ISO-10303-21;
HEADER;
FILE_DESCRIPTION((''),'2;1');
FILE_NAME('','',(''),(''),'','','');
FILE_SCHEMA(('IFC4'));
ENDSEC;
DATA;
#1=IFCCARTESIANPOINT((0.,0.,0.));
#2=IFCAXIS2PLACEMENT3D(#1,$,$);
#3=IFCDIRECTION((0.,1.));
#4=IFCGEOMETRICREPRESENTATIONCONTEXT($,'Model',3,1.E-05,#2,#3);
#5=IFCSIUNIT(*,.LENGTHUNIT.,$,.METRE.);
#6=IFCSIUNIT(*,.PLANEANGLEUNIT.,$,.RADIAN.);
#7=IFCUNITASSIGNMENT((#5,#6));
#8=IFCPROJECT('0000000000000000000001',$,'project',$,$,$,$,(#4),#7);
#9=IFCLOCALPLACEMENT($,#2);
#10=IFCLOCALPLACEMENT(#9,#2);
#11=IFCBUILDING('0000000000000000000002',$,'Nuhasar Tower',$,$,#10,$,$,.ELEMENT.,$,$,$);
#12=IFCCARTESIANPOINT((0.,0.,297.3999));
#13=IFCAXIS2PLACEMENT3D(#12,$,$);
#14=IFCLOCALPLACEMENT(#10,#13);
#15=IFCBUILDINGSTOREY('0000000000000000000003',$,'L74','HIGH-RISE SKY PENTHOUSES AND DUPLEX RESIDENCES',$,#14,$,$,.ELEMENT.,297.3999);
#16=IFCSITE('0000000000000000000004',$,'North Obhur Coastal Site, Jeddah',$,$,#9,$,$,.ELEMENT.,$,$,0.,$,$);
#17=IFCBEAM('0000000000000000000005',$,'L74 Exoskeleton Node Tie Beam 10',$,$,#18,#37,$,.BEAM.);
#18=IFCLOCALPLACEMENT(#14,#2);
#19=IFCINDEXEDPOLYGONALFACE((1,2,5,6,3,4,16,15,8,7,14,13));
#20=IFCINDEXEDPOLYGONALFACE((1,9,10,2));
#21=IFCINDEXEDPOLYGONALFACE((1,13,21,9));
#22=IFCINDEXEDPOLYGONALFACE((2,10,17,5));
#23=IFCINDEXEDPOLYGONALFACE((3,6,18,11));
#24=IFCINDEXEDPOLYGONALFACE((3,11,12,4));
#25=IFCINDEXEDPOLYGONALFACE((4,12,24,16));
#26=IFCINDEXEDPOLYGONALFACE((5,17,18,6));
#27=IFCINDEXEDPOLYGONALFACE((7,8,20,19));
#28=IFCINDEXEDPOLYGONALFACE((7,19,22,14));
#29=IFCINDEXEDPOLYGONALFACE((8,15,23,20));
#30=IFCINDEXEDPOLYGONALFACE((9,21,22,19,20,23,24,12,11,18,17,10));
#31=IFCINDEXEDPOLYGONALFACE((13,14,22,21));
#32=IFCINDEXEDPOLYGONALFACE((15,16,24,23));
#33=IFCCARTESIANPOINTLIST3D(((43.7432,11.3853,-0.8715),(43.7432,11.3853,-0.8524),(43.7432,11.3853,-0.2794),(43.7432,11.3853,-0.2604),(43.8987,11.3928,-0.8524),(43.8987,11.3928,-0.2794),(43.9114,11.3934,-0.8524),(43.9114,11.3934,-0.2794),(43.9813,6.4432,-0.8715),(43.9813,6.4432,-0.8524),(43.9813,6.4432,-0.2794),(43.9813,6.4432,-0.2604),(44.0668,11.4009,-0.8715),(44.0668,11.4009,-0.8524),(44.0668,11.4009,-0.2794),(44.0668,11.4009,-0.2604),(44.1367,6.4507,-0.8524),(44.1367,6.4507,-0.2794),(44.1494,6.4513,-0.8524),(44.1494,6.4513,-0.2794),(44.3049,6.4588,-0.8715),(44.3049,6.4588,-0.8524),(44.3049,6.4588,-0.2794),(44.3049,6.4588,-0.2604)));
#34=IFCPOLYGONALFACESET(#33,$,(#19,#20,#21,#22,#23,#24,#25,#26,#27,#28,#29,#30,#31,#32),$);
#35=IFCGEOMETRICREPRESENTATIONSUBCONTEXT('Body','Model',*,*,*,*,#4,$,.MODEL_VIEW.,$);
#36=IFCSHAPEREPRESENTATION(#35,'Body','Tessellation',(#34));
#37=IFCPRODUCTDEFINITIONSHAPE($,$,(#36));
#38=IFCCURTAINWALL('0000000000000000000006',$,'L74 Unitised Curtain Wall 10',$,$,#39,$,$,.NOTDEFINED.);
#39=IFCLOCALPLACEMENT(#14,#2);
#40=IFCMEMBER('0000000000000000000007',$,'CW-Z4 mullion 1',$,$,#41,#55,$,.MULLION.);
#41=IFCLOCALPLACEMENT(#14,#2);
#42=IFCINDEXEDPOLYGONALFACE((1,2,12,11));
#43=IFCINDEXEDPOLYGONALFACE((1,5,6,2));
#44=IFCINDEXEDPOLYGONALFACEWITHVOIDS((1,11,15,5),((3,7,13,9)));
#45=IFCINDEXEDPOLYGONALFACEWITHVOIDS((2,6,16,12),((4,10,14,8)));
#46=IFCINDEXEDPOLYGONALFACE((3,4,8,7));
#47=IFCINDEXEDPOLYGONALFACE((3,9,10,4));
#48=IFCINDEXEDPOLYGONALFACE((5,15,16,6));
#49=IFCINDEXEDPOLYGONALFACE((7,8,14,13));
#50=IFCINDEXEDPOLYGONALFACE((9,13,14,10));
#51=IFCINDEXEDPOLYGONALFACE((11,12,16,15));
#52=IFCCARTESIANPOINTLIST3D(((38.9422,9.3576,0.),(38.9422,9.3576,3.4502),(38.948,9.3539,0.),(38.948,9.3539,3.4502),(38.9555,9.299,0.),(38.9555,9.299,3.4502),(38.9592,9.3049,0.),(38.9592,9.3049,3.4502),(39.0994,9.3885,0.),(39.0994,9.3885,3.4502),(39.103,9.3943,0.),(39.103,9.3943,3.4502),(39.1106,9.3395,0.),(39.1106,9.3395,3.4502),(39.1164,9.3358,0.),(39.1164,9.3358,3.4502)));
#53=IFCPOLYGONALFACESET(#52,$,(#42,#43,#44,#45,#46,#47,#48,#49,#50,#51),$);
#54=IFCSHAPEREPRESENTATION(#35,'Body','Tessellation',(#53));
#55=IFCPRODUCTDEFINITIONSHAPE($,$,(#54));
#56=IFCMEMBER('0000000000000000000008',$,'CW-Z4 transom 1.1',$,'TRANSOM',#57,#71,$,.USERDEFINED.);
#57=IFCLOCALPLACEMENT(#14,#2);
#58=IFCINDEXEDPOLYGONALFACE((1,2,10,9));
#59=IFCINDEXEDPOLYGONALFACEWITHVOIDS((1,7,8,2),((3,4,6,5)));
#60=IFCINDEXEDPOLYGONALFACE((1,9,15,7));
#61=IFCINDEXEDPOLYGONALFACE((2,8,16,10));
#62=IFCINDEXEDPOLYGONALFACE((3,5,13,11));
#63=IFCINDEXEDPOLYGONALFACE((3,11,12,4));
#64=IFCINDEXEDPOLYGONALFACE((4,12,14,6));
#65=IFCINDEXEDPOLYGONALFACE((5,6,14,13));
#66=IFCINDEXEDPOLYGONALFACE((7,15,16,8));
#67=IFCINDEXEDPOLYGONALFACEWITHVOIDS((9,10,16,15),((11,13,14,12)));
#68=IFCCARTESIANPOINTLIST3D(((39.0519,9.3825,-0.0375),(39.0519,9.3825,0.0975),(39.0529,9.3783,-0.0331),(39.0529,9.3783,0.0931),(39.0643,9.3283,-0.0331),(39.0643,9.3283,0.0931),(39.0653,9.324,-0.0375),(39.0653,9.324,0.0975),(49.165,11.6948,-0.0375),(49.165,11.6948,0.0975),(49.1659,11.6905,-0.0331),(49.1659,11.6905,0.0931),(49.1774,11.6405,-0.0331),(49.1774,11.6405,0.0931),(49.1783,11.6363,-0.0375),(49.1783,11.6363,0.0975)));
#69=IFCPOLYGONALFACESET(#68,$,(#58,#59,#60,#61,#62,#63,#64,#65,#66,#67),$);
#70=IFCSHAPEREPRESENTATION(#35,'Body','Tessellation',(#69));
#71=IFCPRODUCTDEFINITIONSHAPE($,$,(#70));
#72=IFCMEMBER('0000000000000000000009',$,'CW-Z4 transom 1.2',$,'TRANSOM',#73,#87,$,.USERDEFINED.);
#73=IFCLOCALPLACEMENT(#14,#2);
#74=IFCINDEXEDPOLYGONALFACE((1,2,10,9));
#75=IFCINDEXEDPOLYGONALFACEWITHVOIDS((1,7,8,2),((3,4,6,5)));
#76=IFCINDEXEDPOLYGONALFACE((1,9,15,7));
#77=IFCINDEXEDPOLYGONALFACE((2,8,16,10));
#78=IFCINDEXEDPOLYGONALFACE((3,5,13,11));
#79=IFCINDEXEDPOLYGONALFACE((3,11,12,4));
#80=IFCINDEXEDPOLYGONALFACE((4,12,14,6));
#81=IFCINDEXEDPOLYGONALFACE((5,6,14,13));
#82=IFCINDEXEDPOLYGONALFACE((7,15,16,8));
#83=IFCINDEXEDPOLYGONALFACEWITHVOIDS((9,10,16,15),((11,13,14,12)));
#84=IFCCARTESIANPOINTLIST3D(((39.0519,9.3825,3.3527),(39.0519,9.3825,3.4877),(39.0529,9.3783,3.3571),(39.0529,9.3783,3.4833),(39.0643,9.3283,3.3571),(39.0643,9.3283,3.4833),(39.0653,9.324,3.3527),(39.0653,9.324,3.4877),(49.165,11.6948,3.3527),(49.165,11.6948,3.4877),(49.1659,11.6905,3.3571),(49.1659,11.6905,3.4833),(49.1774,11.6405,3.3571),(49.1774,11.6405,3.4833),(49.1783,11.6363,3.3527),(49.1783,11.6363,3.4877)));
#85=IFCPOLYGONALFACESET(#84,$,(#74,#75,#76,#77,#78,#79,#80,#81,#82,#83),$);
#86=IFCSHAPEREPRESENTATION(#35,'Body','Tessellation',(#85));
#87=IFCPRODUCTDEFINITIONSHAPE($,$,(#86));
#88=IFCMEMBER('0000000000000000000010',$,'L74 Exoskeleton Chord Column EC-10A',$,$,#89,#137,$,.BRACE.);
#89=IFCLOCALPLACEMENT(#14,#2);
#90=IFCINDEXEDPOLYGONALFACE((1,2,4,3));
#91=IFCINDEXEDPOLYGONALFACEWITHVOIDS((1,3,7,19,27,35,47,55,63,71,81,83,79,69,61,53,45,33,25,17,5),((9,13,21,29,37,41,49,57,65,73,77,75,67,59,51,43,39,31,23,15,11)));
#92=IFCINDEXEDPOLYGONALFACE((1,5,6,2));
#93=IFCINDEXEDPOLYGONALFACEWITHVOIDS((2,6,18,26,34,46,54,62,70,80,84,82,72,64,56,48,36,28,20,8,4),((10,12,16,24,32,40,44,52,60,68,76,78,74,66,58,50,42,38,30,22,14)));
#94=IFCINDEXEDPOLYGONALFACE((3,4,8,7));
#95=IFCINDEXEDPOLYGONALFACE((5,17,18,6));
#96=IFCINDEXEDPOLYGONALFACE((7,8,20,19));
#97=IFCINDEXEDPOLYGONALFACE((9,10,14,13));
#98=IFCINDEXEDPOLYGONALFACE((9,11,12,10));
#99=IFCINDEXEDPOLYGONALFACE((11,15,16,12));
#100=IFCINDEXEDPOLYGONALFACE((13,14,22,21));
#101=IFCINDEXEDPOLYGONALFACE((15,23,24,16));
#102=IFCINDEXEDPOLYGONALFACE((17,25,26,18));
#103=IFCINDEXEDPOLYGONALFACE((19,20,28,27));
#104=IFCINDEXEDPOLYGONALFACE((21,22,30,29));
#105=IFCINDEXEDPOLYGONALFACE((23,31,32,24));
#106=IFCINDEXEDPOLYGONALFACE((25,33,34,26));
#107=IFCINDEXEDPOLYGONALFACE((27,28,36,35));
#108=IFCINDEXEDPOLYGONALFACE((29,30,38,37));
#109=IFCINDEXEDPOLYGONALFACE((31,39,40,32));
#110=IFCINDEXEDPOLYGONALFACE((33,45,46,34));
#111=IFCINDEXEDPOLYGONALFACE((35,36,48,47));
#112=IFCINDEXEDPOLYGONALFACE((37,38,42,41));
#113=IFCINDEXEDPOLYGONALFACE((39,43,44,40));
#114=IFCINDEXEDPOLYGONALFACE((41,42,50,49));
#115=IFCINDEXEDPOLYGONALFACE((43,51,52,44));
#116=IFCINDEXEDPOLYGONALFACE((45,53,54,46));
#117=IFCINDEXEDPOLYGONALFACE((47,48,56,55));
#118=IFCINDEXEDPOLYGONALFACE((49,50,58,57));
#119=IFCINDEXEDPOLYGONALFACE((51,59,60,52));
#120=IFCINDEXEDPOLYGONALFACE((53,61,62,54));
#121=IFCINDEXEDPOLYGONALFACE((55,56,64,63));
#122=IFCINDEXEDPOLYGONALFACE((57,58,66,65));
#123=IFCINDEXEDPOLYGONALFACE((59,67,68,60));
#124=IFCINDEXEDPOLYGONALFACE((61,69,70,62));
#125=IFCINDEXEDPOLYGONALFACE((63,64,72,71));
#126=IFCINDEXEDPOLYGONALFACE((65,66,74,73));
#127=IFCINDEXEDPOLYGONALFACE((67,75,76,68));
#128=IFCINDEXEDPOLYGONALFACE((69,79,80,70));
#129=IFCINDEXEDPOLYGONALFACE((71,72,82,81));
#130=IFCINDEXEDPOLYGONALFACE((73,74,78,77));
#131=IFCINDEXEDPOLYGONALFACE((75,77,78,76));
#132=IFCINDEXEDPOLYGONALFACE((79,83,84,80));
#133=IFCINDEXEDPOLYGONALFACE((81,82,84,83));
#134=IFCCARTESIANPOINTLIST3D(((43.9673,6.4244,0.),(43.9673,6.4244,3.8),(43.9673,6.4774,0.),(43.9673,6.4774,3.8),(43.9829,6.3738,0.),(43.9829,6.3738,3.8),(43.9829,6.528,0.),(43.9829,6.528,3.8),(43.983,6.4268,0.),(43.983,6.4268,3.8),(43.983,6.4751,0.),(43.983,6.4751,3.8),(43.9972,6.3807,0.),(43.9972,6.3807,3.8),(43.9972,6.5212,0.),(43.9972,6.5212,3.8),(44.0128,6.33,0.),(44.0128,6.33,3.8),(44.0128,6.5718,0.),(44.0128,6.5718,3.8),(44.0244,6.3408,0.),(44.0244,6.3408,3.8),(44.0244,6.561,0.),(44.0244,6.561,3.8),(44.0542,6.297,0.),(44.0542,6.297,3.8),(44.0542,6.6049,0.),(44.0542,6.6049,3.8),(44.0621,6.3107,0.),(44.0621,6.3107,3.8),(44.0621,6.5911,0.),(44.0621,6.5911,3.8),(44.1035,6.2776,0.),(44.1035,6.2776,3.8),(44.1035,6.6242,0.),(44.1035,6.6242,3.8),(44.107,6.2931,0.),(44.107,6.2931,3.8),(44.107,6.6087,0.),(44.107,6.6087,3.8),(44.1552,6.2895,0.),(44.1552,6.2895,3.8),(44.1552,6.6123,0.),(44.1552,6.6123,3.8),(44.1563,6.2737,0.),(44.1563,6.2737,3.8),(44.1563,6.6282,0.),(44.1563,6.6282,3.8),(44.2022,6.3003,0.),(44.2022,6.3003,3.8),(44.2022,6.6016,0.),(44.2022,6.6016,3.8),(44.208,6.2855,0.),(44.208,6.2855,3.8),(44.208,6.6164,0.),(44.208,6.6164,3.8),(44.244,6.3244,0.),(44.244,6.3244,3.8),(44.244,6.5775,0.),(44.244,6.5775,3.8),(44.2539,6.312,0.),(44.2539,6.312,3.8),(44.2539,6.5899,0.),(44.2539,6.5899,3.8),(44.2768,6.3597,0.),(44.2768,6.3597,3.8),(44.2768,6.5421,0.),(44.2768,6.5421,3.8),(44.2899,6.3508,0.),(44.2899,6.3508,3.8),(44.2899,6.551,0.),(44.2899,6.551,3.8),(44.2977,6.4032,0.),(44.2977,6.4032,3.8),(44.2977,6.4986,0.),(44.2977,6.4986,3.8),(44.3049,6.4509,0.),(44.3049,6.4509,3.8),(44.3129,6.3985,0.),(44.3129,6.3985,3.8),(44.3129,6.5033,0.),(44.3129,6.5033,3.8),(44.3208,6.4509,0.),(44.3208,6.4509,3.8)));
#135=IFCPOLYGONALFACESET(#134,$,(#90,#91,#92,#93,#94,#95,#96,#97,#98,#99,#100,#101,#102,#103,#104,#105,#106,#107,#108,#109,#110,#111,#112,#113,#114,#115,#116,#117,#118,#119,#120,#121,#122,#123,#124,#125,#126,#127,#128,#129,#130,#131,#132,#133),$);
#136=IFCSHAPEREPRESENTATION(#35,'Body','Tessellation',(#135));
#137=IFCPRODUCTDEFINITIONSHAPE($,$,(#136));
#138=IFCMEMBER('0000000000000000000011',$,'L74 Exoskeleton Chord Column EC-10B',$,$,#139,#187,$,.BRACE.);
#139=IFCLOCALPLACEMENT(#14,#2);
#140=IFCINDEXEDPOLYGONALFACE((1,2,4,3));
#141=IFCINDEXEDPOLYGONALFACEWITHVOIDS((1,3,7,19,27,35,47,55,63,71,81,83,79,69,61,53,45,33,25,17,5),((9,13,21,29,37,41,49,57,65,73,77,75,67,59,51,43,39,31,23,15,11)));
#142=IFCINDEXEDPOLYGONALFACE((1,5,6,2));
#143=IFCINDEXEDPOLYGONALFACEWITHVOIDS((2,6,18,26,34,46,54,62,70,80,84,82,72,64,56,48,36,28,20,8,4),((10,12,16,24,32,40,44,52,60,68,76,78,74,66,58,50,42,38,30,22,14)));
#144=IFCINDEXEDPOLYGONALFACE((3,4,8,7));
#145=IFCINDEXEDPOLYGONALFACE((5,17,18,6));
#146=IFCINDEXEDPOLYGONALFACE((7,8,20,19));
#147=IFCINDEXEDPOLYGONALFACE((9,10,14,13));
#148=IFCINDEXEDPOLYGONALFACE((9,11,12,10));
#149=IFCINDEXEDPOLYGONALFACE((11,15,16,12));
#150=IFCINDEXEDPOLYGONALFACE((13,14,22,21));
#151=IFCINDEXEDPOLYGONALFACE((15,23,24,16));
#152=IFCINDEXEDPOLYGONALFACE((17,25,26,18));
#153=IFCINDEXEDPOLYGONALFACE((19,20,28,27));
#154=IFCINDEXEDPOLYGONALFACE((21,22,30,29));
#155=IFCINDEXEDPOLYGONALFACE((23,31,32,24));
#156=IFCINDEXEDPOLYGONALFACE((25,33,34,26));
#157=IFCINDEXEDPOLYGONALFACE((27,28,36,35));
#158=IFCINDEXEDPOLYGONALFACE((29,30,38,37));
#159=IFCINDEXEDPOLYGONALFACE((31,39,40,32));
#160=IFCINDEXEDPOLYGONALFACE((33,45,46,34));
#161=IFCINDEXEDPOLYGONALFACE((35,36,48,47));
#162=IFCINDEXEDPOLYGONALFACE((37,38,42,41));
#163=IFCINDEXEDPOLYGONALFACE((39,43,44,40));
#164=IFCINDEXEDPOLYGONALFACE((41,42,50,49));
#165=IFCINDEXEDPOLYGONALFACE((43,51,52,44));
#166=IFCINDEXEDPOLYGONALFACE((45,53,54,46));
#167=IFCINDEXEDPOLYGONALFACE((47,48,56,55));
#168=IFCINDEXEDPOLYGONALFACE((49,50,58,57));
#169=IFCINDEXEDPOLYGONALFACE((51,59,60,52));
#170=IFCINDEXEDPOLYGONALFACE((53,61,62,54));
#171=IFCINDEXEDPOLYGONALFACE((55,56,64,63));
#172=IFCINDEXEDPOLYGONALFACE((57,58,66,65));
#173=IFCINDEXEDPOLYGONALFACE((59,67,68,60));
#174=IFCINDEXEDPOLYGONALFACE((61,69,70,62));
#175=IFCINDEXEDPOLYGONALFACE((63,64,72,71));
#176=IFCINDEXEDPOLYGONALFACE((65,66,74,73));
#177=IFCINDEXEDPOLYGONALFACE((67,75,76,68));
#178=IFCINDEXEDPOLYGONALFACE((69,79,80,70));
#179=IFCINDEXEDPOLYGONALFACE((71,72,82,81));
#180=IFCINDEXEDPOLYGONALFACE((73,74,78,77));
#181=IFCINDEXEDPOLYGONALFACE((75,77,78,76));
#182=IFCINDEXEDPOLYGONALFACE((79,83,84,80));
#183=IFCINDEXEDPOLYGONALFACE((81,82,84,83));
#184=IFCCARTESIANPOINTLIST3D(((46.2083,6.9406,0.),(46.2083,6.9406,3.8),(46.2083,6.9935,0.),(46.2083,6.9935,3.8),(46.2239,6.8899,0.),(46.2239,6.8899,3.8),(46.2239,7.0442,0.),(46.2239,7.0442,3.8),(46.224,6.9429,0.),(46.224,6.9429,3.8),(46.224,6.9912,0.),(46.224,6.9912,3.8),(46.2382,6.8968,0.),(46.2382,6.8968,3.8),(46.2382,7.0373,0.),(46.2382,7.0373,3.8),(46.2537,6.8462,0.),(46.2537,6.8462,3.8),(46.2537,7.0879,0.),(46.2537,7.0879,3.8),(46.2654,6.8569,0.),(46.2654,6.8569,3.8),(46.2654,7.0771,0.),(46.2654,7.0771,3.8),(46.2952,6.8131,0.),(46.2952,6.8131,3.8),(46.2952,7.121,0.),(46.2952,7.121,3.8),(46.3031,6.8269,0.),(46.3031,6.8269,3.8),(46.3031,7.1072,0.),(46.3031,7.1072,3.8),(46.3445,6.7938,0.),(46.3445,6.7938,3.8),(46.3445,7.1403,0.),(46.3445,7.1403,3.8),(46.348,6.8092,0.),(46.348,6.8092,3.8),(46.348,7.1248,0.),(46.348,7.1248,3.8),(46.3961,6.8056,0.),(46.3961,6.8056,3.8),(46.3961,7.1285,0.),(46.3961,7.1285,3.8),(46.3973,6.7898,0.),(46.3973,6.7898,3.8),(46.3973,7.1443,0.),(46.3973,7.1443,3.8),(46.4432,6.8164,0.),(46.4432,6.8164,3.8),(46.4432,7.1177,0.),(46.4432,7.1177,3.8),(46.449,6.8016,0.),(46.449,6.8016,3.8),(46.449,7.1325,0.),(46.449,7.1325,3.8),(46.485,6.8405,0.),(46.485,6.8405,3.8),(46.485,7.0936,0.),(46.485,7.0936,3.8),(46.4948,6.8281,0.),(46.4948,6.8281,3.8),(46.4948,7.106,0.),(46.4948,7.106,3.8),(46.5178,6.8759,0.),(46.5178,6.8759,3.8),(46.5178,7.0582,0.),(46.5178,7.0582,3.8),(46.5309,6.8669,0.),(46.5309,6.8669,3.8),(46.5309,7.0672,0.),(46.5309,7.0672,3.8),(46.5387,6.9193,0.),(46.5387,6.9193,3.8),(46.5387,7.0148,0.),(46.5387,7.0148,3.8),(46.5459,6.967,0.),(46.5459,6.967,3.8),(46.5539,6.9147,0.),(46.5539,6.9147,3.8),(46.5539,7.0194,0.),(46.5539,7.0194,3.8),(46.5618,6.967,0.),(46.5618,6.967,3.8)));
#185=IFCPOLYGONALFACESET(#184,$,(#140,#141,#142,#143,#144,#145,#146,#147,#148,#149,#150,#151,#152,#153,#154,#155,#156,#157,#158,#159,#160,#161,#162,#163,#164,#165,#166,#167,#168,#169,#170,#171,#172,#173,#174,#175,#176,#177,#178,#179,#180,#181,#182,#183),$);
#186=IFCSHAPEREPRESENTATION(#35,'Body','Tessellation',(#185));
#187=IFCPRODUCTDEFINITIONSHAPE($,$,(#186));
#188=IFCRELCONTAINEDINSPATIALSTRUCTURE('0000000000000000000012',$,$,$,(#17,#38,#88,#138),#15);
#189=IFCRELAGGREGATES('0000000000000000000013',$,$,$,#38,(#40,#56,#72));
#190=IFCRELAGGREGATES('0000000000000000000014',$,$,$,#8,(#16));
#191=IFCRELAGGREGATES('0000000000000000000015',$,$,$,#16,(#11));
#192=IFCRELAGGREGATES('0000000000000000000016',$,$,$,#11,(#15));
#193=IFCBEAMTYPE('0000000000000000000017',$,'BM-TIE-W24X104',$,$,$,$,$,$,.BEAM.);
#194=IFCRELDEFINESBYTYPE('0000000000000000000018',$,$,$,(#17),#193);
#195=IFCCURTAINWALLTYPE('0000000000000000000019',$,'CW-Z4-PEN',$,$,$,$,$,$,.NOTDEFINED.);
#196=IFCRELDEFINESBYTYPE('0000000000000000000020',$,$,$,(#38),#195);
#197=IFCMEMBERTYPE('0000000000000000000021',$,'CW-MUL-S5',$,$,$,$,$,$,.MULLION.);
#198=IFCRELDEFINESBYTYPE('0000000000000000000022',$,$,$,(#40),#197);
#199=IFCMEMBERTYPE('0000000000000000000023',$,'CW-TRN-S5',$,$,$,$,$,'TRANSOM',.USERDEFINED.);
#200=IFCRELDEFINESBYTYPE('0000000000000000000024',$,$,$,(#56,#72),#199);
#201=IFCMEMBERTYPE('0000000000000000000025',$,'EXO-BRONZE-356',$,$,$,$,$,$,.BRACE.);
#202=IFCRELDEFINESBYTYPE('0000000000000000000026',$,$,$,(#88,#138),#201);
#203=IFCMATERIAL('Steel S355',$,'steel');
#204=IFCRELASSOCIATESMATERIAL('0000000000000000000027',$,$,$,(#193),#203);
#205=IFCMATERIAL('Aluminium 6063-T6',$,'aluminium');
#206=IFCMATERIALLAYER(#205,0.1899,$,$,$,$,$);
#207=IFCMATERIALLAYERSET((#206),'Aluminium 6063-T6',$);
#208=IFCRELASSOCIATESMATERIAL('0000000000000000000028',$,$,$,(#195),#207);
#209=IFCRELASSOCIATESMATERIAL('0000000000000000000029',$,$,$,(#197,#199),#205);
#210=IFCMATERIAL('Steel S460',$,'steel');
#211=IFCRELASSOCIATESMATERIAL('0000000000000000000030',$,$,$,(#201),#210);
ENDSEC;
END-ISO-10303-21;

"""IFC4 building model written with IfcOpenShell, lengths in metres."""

from ifc_helpers import new_model, si_unit, direction, frame, origin, origin_2d, place, context, subcontext, project, spatial, hollow_rectangle, hollow_circle, i_section, extrude, material, layer, layer_set, material_profile, profile_set, type_object, element, aggregate, save


model = new_model("IFC4")

# Units and contexts
model_context = context("Model", 3, precision=1e-05, world=origin(), true_north=direction((0.0, 1.0)))
body_context = subcontext(model_context, "Body", "Model", "MODEL_VIEW")
ifc_project = project(units=[si_unit("LENGTHUNIT", "METRE"), si_unit("PLANEANGLEUNIT", "RADIAN")], contexts=[model_context])

# Site, building, storey
site_placement = place(None, origin())
site = spatial("IfcSite", under=ifc_project, at=site_placement, Name="North Obhur Coastal Site, Jeddah", CompositionType="ELEMENT", RefElevation=0.0)
building_placement = place(site_placement, origin())
building = spatial("IfcBuilding", under=site, at=building_placement, Name="Nuhasar Tower", CompositionType="ELEMENT")
storey_placement = place(building_placement, frame((0.0, 0.0, 297.3999)))
storey = spatial("IfcBuildingStorey", under=building, at=storey_placement, Name="L74", Description="HIGH-RISE SKY PENTHOUSES AND DUPLEX RESIDENCES", CompositionType="ELEMENT", Elevation=297.3999)

# Beam
ifc_material_1 = material(Name="Steel S355", Category="steel")
ifc_material_profile_1 = material_profile(ifc_material_1, i_section(OverallWidth=0.324, OverallDepth=0.6111, WebThickness=0.0127, FlangeThickness=0.019, at=origin_2d()), Name="W24X104")
ifc_profile_set_1 = profile_set([ifc_material_profile_1], Name="Steel S355")
beam_type_1 = type_object("IfcBeamType", Name="BM-TIE-W24X104", PredefinedType="BEAM", material=ifc_profile_set_1)
beam_1_placement = place(storey_placement, frame((43.905, 11.3931, -0.5659), z_axis=(0.048109, -0.998842, 0.0), x_axis=(0.998842, 0.048109, 0.0)))
element("IfcBeam", 1, at=beam_1_placement, inside=storey, type_object=beam_type_1, Name="L74 Exoskeleton Node Tie Beam 10", PredefinedType="BEAM", context=body_context, shape_type="SweptSolid", body=[
    extrude(i_section(OverallWidth=0.324, OverallDepth=0.6111, WebThickness=0.0127, FlangeThickness=0.019, at=origin_2d()), origin(), (0.0, 0.0, 1.0), 4.9478),
])

# Curtain wall, members
ifc_material_2 = material(Name="Aluminium 6063-T6", Category="aluminium")
ifc_layer_1 = layer(ifc_material_2, 0.1899)
ifc_layer_set_1 = layer_set([ifc_layer_1], Name="Aluminium 6063-T6")
curtain_wall_type = type_object("IfcCurtainWallType", Name="CW-Z4-PEN", PredefinedType="NOTDEFINED", material=ifc_layer_set_1)
curtain_wall_placement = place(storey_placement, origin())
curtain_wall = element("IfcCurtainWall", 2, at=curtain_wall_placement, inside=storey, type_object=curtain_wall_type, Name="L74 Unitised Curtain Wall 10", PredefinedType="NOTDEFINED")
ifc_material_profile_2 = material_profile(ifc_material_2, hollow_rectangle(XDim=0.0601, YDim=0.165, WallThickness=0.0049, at=origin_2d()), Name="CWM-5")
ifc_profile_set_2 = profile_set([ifc_material_profile_2], Name="Aluminium 6063-T6")
member_type_1 = type_object("IfcMemberType", Name="CW-MUL-S5", PredefinedType="MULLION", material=ifc_profile_set_2)
member_1_placement = place(storey_placement, frame((39.0293, 9.3467, 0.0), z_axis=(0.0, 0.0, 1.0), x_axis=(-0.222889, 0.974844, 0.0)))
member_1 = element("IfcMember", 3, at=member_1_placement, type_object=member_type_1, Name="CW-Z4 mullion 1", PredefinedType="MULLION", context=body_context, shape_type="SweptSolid", body=[
    extrude(hollow_rectangle(XDim=0.0601, YDim=0.165, WallThickness=0.0049, at=origin_2d()), origin(), (0.0, 0.0, 1.0), 3.4502),
])
ifc_material_profile_3 = material_profile(ifc_material_2, hollow_rectangle(XDim=0.0601, YDim=0.135, WallThickness=0.0044, at=origin_2d()), Name="CWT-5")
ifc_profile_set_3 = profile_set([ifc_material_profile_3], Name="Aluminium 6063-T6")
member_type_2 = type_object("IfcMemberType", Name="CW-TRN-S5", ElementType="TRANSOM", PredefinedType="USERDEFINED", material=ifc_profile_set_3)
member_2_placement = place(storey_placement, frame((39.0586, 9.3533, 0.03), z_axis=(0.974844, 0.222889, 0.0), x_axis=(-0.222889, 0.974844, 0.0)))
member_2 = element("IfcMember", 4, at=member_2_placement, type_object=member_type_2, Name="CW-Z4 transom 1.1", ObjectType="TRANSOM", PredefinedType="USERDEFINED", context=body_context, shape_type="SweptSolid", body=[
    extrude(hollow_rectangle(XDim=0.0601, YDim=0.135, WallThickness=0.0044, at=origin_2d()), origin(), (0.0, 0.0, 1.0), 10.374),
])
member_3_placement = place(storey_placement, frame((39.0586, 9.3533, 3.4202), z_axis=(0.974844, 0.222889, 0.0), x_axis=(-0.222889, 0.974844, 0.0)))
member_3 = element("IfcMember", 5, at=member_3_placement, type_object=member_type_2, Name="CW-Z4 transom 1.2", ObjectType="TRANSOM", PredefinedType="USERDEFINED", context=body_context, shape_type="SweptSolid", body=[
    extrude(hollow_rectangle(XDim=0.0601, YDim=0.135, WallThickness=0.0044, at=origin_2d()), origin(), (0.0, 0.0, 1.0), 10.374),
])

# Members
ifc_material_3 = material(Name="Steel S460", Category="steel")
ifc_material_profile_4 = material_profile(ifc_material_3, hollow_circle(Radius=0.1777, WallThickness=0.0159, at=origin_2d()), Name="HSS355.6X15.9")
ifc_profile_set_4 = profile_set([ifc_material_profile_4], Name="Steel S460")
member_type_3 = type_object("IfcMemberType", Name="EXO-BRONZE-356", PredefinedType="BRACE", material=ifc_profile_set_4)
for number, where, z_axis, x_axis, name in (
    (6, (44.1431, 6.4509, 0.0), (0.0, 0.0, 1.0), (1.0, 0.0, 0.0), "L74 Exoskeleton Chord Column EC-10A"),
    (7, (46.384, 6.967, 0.0), (0.0, 0.0, 1.0), (1.0, 0.0, 0.0), "L74 Exoskeleton Chord Column EC-10B"),
):
    element("IfcMember", number, at=place(storey_placement, frame(where, z_axis=z_axis, x_axis=x_axis)), inside=storey, type_object=member_type_3, Name=name, PredefinedType="BRACE", context=body_context, shape_type="SweptSolid", body=[
        extrude(hollow_circle(Radius=0.1777, WallThickness=0.0159, at=origin_2d()), origin(), (0.0, 0.0, 1.0), 3.8),
    ])

aggregate(curtain_wall, [member_1, member_2, member_3])

save(model, "model.ifc")
